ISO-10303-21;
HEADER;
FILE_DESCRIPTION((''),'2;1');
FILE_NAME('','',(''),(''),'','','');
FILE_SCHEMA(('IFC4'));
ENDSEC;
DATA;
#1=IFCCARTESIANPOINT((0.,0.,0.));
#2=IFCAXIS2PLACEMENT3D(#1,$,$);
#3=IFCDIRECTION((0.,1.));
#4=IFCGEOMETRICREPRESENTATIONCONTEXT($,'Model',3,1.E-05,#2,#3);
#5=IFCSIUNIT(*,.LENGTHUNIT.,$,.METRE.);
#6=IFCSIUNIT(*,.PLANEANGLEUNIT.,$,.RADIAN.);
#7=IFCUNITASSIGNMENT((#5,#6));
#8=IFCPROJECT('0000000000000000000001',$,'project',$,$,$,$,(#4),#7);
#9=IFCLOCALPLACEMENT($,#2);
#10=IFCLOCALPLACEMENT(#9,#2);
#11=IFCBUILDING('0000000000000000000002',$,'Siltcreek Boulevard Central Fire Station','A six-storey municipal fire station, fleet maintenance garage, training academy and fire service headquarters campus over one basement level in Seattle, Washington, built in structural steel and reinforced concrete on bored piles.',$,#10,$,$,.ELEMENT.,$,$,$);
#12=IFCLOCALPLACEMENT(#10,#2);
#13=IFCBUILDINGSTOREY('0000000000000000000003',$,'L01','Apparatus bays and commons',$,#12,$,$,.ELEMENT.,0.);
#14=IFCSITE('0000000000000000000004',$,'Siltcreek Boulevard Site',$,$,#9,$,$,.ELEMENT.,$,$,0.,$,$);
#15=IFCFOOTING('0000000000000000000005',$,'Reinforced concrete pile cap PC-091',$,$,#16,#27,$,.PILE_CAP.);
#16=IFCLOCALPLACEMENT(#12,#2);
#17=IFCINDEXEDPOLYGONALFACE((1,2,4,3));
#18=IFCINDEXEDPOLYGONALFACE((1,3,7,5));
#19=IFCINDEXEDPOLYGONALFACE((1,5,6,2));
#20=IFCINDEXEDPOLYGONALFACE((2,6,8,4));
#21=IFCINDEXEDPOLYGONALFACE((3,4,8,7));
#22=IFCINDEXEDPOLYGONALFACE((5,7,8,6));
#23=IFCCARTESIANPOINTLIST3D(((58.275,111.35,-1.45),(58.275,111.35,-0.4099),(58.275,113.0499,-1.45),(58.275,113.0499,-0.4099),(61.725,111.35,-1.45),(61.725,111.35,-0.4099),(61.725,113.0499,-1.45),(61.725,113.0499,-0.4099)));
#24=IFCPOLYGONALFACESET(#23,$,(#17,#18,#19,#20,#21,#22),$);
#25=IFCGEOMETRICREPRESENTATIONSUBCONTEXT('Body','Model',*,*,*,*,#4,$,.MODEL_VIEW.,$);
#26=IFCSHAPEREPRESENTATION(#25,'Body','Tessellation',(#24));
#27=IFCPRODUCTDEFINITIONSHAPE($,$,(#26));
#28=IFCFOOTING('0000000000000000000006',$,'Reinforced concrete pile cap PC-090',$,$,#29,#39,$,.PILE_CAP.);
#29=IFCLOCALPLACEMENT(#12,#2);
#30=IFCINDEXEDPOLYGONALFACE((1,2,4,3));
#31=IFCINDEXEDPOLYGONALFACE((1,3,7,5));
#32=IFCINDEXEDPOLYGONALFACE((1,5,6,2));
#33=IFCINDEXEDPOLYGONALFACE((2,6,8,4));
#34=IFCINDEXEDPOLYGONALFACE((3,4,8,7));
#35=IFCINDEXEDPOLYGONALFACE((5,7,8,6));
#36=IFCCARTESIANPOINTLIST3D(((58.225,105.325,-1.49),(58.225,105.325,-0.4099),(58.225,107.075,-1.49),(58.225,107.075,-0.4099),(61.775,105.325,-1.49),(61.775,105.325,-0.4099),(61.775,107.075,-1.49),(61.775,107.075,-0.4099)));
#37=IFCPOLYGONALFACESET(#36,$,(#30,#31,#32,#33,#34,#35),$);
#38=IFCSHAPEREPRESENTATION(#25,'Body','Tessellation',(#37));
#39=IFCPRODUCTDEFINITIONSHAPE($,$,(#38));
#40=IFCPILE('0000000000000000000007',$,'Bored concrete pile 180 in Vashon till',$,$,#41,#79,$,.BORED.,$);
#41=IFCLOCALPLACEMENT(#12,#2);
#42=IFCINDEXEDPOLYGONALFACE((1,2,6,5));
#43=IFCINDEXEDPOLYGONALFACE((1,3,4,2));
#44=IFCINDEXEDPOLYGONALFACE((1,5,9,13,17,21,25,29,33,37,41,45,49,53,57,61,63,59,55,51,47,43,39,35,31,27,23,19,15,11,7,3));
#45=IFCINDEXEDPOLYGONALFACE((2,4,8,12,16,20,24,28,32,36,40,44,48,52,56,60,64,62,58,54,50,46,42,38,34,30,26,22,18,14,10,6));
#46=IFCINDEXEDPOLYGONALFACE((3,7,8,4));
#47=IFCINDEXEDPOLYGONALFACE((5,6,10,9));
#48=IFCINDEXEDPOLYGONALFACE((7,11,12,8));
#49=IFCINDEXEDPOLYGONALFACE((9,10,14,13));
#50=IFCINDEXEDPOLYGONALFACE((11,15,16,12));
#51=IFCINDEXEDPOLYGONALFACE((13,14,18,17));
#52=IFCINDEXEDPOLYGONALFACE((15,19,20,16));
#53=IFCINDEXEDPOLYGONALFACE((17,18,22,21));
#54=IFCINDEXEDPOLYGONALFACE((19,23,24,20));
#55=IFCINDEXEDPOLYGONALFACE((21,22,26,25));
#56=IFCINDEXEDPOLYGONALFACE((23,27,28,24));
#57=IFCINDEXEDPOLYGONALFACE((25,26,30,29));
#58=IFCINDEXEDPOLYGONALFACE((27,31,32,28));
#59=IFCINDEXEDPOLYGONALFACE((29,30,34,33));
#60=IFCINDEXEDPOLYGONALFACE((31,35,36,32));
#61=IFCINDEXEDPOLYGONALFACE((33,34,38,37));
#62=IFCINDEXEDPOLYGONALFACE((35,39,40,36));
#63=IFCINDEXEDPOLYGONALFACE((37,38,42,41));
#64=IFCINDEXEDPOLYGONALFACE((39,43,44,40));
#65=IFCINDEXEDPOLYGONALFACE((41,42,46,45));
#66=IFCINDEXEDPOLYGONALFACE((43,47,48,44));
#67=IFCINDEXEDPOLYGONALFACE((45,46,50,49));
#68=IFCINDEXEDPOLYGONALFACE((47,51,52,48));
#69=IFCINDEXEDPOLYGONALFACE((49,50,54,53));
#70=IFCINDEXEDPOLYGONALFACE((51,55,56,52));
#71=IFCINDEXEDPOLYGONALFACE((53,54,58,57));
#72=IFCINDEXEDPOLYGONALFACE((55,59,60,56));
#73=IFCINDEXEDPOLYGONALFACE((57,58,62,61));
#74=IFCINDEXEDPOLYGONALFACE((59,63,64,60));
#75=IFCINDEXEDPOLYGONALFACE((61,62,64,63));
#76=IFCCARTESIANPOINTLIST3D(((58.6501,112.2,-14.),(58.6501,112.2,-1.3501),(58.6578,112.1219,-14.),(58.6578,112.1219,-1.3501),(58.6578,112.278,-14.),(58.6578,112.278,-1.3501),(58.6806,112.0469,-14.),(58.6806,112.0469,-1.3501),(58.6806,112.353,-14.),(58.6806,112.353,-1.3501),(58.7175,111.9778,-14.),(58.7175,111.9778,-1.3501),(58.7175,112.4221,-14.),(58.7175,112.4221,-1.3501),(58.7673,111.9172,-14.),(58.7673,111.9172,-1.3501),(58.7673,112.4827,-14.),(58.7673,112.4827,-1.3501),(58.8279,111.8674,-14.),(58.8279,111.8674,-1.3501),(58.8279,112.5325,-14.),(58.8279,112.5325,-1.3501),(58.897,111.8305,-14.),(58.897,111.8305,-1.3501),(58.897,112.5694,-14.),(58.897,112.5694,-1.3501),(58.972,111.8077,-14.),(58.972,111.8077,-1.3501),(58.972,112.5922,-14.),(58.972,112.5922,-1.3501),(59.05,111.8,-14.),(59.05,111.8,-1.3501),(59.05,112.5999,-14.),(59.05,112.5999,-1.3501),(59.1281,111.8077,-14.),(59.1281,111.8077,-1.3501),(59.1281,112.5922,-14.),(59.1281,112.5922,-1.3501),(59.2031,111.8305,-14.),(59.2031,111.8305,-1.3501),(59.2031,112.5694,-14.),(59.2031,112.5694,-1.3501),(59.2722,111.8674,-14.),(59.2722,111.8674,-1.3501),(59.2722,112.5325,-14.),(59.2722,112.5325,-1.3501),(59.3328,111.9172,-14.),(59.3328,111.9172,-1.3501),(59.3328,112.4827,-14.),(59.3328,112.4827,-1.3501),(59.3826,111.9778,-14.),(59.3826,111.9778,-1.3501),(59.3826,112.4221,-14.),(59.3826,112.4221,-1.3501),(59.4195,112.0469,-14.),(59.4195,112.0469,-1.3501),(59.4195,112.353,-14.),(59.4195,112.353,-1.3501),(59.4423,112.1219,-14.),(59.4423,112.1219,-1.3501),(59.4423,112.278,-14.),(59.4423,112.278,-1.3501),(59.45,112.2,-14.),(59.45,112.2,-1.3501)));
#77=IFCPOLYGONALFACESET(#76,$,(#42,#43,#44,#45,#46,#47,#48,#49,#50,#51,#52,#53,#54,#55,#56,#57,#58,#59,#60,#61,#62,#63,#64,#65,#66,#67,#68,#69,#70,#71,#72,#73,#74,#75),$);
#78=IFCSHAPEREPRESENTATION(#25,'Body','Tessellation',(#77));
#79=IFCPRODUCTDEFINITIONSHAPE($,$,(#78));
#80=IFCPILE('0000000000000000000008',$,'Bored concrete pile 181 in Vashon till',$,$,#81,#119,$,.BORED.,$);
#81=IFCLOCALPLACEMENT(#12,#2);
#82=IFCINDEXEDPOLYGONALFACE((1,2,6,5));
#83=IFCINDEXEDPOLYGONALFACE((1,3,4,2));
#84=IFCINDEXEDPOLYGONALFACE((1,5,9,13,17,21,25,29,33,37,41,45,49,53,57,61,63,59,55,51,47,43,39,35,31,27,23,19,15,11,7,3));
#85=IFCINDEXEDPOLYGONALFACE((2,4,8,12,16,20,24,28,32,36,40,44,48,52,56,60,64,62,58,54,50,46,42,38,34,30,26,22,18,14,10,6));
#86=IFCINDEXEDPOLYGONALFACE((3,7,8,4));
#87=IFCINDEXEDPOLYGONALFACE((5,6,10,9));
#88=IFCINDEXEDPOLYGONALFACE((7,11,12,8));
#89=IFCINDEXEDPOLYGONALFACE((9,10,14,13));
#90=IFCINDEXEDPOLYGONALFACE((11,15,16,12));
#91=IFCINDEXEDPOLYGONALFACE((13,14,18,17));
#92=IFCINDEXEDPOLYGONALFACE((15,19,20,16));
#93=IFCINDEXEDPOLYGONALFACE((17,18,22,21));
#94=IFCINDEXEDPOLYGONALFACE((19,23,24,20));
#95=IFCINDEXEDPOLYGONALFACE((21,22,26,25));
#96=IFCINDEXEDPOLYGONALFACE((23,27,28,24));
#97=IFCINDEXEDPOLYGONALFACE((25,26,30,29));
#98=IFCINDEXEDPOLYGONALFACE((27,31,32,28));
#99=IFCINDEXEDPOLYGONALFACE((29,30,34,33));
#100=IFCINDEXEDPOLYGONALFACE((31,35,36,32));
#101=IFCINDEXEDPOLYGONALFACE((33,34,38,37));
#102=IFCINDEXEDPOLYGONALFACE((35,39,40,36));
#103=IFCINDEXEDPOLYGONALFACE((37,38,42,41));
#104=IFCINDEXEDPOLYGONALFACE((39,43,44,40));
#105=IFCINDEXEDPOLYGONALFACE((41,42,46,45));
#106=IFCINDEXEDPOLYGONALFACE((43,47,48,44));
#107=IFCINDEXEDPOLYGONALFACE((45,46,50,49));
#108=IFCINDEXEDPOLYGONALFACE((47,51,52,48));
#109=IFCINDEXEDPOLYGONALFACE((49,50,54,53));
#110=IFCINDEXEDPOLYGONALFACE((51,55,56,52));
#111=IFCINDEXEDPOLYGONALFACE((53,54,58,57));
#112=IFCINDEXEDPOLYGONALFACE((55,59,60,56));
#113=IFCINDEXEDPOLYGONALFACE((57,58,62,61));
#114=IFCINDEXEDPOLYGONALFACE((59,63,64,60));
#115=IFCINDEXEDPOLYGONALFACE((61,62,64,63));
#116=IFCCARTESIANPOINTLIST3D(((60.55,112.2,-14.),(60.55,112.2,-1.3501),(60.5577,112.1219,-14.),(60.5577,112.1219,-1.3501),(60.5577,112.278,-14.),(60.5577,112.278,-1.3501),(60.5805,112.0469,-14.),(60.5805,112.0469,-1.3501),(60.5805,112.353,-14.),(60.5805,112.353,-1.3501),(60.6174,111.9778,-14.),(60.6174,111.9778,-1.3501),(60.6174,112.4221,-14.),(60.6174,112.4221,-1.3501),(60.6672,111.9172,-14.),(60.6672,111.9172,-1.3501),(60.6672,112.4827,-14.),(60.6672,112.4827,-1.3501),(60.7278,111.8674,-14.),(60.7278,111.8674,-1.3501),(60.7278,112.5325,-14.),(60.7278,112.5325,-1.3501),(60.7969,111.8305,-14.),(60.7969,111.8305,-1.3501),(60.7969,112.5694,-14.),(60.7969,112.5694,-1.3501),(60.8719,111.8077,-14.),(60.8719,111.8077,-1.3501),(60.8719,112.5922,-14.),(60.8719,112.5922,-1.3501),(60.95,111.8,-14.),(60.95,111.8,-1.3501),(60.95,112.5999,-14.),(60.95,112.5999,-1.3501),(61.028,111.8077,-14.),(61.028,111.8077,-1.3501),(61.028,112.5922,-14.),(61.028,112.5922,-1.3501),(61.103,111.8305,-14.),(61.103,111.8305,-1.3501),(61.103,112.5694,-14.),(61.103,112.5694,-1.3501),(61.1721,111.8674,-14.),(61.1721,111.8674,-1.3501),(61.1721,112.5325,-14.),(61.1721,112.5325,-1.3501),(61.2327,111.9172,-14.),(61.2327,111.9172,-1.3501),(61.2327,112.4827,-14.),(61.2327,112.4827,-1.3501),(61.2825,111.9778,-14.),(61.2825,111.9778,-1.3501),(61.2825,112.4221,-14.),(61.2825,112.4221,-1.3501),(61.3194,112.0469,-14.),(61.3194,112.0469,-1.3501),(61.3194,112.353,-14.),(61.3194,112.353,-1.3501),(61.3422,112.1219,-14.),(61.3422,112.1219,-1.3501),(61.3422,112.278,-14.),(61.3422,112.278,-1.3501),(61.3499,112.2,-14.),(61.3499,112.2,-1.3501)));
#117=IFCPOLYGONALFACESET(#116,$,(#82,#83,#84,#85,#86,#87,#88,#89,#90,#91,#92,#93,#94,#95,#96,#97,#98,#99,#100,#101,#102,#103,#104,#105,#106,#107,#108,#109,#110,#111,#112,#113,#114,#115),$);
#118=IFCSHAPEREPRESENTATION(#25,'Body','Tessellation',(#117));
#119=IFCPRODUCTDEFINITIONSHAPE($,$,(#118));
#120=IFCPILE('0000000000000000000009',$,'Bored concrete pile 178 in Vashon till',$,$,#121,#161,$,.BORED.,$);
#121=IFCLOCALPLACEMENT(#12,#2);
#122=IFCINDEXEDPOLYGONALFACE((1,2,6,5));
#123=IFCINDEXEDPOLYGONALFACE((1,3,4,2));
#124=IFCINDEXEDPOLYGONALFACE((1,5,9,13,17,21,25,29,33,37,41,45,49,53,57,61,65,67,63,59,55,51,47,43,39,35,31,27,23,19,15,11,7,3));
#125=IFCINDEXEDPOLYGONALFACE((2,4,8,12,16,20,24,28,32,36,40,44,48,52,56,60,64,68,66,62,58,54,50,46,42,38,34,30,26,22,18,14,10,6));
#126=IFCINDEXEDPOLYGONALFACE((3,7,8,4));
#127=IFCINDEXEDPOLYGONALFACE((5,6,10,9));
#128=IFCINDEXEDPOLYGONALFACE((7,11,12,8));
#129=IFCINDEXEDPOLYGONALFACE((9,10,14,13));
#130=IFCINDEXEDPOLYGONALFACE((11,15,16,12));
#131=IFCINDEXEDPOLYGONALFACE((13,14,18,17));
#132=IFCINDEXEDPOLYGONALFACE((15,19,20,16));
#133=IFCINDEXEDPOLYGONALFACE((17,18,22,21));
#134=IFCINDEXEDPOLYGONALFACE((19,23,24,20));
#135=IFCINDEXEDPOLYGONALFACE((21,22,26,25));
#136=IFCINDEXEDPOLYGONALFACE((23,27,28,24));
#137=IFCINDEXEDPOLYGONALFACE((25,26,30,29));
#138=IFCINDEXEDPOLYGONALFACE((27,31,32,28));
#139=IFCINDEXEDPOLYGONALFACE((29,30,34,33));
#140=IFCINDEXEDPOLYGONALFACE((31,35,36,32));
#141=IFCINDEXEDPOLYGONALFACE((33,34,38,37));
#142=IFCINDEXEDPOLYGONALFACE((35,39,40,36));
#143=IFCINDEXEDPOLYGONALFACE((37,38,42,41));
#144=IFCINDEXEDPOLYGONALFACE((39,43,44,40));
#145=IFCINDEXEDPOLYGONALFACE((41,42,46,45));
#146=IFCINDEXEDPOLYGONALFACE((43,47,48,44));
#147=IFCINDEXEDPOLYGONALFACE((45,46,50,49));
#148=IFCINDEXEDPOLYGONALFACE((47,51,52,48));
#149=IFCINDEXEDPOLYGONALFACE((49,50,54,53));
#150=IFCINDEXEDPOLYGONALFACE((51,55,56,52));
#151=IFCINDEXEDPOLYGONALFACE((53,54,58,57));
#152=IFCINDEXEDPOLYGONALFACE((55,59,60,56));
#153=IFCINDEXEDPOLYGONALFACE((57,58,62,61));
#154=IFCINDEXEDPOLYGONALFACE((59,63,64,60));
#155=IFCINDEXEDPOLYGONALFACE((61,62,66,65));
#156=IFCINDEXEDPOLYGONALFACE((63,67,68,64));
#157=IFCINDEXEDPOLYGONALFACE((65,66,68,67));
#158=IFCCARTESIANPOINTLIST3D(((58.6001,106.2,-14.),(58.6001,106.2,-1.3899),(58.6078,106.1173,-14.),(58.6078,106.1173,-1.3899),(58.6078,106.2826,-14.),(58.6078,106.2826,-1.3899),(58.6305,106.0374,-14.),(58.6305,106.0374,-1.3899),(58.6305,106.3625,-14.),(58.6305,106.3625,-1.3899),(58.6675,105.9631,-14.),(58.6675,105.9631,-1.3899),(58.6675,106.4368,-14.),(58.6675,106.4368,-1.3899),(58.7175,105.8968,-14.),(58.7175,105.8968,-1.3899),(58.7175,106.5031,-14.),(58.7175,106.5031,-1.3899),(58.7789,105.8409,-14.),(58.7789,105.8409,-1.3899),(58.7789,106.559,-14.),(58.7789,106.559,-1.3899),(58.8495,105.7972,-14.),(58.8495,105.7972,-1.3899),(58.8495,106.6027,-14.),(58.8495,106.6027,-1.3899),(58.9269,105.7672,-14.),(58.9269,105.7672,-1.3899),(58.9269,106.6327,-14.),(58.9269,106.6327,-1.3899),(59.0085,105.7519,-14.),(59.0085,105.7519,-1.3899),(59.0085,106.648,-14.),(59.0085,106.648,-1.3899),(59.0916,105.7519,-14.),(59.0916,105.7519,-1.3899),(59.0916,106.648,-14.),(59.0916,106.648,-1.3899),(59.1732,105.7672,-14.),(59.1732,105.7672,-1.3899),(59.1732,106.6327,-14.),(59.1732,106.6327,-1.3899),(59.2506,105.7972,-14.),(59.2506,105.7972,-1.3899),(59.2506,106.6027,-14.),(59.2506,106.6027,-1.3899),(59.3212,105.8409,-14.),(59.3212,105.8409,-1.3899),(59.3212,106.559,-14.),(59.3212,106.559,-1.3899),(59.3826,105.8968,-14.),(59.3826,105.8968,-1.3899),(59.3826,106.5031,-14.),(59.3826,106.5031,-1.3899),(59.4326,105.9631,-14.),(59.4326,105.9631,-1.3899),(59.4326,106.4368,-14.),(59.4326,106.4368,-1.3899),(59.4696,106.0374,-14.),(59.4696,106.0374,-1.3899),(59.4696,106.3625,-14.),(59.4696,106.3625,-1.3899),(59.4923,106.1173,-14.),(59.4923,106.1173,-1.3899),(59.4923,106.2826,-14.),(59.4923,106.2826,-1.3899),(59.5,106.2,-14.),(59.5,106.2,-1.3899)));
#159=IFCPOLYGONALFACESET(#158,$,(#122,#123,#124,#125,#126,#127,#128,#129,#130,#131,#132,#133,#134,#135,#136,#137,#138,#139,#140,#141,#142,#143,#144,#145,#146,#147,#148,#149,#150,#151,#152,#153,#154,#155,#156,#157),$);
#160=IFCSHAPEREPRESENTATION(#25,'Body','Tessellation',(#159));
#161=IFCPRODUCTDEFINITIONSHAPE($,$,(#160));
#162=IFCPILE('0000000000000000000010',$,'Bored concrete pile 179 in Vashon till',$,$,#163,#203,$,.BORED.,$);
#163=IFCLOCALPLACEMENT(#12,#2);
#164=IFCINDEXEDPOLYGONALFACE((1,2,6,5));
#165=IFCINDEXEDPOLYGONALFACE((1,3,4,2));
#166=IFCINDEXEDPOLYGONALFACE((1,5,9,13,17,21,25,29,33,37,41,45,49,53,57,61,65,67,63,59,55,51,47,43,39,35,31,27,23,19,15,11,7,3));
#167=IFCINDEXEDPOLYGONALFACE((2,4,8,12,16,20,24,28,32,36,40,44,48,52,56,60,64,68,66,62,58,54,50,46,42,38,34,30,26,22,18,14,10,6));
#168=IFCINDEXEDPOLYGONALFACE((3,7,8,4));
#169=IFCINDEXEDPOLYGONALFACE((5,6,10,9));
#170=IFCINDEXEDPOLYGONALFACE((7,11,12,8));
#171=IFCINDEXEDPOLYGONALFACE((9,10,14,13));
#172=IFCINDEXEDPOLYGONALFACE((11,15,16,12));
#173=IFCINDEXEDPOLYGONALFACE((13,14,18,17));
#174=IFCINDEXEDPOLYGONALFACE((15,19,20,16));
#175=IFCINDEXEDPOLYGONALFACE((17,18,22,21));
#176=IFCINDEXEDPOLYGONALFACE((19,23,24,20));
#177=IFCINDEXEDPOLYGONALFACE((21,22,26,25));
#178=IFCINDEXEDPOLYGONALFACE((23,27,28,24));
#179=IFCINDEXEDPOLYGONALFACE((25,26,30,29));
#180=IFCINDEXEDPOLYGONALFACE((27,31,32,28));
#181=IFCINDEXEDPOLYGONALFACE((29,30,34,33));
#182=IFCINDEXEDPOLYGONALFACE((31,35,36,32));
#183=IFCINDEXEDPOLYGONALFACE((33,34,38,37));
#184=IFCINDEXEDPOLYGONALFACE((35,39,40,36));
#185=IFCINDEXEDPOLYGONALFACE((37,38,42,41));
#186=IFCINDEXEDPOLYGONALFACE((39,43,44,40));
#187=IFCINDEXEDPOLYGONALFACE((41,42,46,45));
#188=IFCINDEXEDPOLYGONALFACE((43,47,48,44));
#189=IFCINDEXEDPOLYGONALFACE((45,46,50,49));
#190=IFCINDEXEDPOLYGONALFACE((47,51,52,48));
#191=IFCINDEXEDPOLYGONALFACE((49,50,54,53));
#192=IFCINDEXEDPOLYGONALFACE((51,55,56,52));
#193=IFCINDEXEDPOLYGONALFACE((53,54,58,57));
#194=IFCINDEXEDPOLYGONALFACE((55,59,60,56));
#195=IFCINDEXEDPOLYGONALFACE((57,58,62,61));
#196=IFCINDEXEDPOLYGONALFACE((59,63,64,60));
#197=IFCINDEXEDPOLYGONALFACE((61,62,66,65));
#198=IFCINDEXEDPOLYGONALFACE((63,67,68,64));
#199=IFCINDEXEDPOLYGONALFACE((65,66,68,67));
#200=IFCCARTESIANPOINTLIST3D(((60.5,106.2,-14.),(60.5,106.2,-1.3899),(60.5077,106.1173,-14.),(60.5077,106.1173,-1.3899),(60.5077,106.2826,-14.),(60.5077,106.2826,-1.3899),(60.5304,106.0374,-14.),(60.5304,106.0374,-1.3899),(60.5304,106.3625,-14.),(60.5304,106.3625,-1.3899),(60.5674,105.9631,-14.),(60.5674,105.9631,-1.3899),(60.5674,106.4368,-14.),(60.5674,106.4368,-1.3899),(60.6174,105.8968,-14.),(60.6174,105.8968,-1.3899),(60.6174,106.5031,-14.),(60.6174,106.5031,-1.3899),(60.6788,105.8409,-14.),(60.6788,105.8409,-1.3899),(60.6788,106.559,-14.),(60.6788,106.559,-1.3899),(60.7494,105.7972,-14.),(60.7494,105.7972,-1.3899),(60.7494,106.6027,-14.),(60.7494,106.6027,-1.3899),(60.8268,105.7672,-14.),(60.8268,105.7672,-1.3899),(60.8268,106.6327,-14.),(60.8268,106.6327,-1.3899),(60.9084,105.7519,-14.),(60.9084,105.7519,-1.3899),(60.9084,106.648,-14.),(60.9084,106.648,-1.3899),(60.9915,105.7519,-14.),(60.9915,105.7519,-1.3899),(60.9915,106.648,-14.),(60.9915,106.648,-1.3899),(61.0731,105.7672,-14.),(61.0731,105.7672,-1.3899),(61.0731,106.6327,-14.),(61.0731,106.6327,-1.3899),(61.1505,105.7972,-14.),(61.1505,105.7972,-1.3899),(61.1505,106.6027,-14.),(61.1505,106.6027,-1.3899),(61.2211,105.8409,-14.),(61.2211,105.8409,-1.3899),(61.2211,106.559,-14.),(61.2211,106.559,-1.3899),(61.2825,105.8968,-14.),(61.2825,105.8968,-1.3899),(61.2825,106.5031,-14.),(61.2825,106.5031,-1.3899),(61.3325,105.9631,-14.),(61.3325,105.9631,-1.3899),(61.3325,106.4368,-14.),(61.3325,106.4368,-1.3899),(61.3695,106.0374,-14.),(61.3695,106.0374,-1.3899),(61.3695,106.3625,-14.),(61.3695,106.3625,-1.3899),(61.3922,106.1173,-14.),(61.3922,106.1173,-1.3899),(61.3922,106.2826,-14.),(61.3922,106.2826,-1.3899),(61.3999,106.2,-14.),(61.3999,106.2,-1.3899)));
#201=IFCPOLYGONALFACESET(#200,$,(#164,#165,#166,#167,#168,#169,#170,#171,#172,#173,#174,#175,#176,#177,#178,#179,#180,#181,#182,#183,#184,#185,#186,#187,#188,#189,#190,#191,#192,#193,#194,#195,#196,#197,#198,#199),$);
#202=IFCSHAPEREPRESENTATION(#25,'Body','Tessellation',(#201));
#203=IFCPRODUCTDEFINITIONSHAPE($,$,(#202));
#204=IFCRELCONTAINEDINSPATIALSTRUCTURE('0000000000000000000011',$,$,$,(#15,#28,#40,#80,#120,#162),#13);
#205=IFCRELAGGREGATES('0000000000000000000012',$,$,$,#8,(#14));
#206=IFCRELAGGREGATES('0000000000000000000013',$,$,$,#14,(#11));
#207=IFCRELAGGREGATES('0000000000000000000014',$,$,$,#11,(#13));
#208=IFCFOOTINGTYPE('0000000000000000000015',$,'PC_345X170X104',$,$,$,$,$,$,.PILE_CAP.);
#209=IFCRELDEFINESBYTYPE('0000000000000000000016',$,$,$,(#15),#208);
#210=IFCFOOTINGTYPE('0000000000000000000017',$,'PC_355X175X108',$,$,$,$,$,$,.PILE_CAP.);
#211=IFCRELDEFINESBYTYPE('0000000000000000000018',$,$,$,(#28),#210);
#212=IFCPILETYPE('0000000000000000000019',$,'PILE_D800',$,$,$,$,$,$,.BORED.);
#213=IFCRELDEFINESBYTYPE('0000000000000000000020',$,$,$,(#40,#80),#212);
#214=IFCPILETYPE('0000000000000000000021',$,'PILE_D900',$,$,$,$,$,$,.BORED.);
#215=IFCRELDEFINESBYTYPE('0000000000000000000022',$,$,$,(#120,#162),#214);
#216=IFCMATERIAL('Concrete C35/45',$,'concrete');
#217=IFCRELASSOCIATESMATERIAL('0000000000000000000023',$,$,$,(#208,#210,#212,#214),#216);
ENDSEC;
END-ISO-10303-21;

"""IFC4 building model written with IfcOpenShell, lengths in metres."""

from ifc_helpers import new_model, si_unit, direction, frame, origin, origin_2d, place, context, subcontext, project, spatial, rectangle, circle, extrude, material, material_profile, profile_set, type_object, element, save


model = new_model("IFC4")

# Units and contexts
model_context = context("Model", 3, precision=1e-05, world=origin(), true_north=direction((0.0, 1.0)))
body_context = subcontext(model_context, "Body", "Model", "MODEL_VIEW")
ifc_project = project(units=[si_unit("LENGTHUNIT", "METRE"), si_unit("PLANEANGLEUNIT", "RADIAN")], contexts=[model_context])

# Site, building, storey
site_placement = place(None, origin())
site = spatial("IfcSite", under=ifc_project, at=site_placement, Name="Siltcreek Boulevard Site", CompositionType="ELEMENT", RefElevation=0.0)
building_placement = place(site_placement, origin())
building = spatial("IfcBuilding", under=site, at=building_placement, Name="Siltcreek Boulevard Central Fire Station", Description="A six-storey municipal fire station, fleet maintenance garage, training academy and fire service headquarters campus over one basement level in Seattle, Washington, built in structural steel and reinforced concrete on bored piles.", CompositionType="ELEMENT")
storey_placement = place(building_placement, origin())
storey = spatial("IfcBuildingStorey", under=building, at=storey_placement, Name="L01", Description="Apparatus bays and commons", CompositionType="ELEMENT", Elevation=0.0)

# Footings
ifc_material_1 = material(Name="Concrete C35/45", Category="concrete")
footing_type_1 = type_object("IfcFootingType", Name="PC_345X170X104", PredefinedType="PILE_CAP", material=ifc_material_1)
footing_1_placement = place(storey_placement, frame((60.0, 112.2, -1.45), z_axis=(0.0, 0.0, 1.0), x_axis=(1.0, 0.0, 0.0)))
element("IfcFooting", 1, at=footing_1_placement, inside=storey, type_object=footing_type_1, Name="Reinforced concrete pile cap PC-091", PredefinedType="PILE_CAP", context=body_context, shape_type="SweptSolid", body=[
    extrude(rectangle(XDim=3.45, YDim=1.7, at=origin_2d()), origin(), (0.0, 0.0, 1.0), 1.04),
])
footing_type_2 = type_object("IfcFootingType", Name="PC_355X175X108", PredefinedType="PILE_CAP", material=ifc_material_1)
footing_2_placement = place(storey_placement, frame((60.0, 106.2, -1.49), z_axis=(0.0, 0.0, 1.0), x_axis=(1.0, 0.0, 0.0)))
element("IfcFooting", 2, at=footing_2_placement, inside=storey, type_object=footing_type_2, Name="Reinforced concrete pile cap PC-090", PredefinedType="PILE_CAP", context=body_context, shape_type="SweptSolid", body=[
    extrude(rectangle(XDim=3.55, YDim=1.75, at=origin_2d()), origin(), (0.0, 0.0, 1.0), 1.0801),
])

# Piles
ifc_material_profile_1 = material_profile(ifc_material_1, circle(Radius=0.3999, at=origin_2d()), Name="SHAFT800")
ifc_profile_set_1 = profile_set([ifc_material_profile_1], Name="Concrete C35/45")
pile_type_1 = type_object("IfcPileType", Name="PILE_D800", PredefinedType="BORED", material=ifc_profile_set_1)
for number, where, z_axis, x_axis, name in (
    (3, (59.05, 112.2, -1.3501), (0.0, 0.0, -1.0), (1.0, 0.0, 0.0), "Bored concrete pile 180 in Vashon till"),
    (4, (60.95, 112.2, -1.3501), (0.0, 0.0, -1.0), (1.0, 0.0, 0.0), "Bored concrete pile 181 in Vashon till"),
):
    element("IfcPile", number, at=place(storey_placement, frame(where, z_axis=z_axis, x_axis=x_axis)), inside=storey, type_object=pile_type_1, Name=name, PredefinedType="BORED", context=body_context, shape_type="SweptSolid", body=[
        extrude(circle(Radius=0.3999, at=origin_2d()), origin(), (0.0, 0.0, 1.0), 12.6499),
    ])
ifc_material_profile_2 = material_profile(ifc_material_1, circle(Radius=0.45, at=origin_2d()), Name="SHAFT900")
ifc_profile_set_2 = profile_set([ifc_material_profile_2], Name="Concrete C35/45")
pile_type_2 = type_object("IfcPileType", Name="PILE_D900", PredefinedType="BORED", material=ifc_profile_set_2)
for number, where, z_axis, x_axis, name in (
    (5, (59.05, 106.2, -1.3899), (0.0, 0.0, -1.0), (1.0, 0.0, 0.0), "Bored concrete pile 178 in Vashon till"),
    (6, (60.95, 106.2, -1.3899), (0.0, 0.0, -1.0), (1.0, 0.0, 0.0), "Bored concrete pile 179 in Vashon till"),
):
    element("IfcPile", number, at=place(storey_placement, frame(where, z_axis=z_axis, x_axis=x_axis)), inside=storey, type_object=pile_type_2, Name=name, PredefinedType="BORED", context=body_context, shape_type="SweptSolid", body=[
        extrude(circle(Radius=0.45, at=origin_2d()), origin(), (0.0, 0.0, 1.0), 12.6101),
    ])

save(model, "model.ifc")
